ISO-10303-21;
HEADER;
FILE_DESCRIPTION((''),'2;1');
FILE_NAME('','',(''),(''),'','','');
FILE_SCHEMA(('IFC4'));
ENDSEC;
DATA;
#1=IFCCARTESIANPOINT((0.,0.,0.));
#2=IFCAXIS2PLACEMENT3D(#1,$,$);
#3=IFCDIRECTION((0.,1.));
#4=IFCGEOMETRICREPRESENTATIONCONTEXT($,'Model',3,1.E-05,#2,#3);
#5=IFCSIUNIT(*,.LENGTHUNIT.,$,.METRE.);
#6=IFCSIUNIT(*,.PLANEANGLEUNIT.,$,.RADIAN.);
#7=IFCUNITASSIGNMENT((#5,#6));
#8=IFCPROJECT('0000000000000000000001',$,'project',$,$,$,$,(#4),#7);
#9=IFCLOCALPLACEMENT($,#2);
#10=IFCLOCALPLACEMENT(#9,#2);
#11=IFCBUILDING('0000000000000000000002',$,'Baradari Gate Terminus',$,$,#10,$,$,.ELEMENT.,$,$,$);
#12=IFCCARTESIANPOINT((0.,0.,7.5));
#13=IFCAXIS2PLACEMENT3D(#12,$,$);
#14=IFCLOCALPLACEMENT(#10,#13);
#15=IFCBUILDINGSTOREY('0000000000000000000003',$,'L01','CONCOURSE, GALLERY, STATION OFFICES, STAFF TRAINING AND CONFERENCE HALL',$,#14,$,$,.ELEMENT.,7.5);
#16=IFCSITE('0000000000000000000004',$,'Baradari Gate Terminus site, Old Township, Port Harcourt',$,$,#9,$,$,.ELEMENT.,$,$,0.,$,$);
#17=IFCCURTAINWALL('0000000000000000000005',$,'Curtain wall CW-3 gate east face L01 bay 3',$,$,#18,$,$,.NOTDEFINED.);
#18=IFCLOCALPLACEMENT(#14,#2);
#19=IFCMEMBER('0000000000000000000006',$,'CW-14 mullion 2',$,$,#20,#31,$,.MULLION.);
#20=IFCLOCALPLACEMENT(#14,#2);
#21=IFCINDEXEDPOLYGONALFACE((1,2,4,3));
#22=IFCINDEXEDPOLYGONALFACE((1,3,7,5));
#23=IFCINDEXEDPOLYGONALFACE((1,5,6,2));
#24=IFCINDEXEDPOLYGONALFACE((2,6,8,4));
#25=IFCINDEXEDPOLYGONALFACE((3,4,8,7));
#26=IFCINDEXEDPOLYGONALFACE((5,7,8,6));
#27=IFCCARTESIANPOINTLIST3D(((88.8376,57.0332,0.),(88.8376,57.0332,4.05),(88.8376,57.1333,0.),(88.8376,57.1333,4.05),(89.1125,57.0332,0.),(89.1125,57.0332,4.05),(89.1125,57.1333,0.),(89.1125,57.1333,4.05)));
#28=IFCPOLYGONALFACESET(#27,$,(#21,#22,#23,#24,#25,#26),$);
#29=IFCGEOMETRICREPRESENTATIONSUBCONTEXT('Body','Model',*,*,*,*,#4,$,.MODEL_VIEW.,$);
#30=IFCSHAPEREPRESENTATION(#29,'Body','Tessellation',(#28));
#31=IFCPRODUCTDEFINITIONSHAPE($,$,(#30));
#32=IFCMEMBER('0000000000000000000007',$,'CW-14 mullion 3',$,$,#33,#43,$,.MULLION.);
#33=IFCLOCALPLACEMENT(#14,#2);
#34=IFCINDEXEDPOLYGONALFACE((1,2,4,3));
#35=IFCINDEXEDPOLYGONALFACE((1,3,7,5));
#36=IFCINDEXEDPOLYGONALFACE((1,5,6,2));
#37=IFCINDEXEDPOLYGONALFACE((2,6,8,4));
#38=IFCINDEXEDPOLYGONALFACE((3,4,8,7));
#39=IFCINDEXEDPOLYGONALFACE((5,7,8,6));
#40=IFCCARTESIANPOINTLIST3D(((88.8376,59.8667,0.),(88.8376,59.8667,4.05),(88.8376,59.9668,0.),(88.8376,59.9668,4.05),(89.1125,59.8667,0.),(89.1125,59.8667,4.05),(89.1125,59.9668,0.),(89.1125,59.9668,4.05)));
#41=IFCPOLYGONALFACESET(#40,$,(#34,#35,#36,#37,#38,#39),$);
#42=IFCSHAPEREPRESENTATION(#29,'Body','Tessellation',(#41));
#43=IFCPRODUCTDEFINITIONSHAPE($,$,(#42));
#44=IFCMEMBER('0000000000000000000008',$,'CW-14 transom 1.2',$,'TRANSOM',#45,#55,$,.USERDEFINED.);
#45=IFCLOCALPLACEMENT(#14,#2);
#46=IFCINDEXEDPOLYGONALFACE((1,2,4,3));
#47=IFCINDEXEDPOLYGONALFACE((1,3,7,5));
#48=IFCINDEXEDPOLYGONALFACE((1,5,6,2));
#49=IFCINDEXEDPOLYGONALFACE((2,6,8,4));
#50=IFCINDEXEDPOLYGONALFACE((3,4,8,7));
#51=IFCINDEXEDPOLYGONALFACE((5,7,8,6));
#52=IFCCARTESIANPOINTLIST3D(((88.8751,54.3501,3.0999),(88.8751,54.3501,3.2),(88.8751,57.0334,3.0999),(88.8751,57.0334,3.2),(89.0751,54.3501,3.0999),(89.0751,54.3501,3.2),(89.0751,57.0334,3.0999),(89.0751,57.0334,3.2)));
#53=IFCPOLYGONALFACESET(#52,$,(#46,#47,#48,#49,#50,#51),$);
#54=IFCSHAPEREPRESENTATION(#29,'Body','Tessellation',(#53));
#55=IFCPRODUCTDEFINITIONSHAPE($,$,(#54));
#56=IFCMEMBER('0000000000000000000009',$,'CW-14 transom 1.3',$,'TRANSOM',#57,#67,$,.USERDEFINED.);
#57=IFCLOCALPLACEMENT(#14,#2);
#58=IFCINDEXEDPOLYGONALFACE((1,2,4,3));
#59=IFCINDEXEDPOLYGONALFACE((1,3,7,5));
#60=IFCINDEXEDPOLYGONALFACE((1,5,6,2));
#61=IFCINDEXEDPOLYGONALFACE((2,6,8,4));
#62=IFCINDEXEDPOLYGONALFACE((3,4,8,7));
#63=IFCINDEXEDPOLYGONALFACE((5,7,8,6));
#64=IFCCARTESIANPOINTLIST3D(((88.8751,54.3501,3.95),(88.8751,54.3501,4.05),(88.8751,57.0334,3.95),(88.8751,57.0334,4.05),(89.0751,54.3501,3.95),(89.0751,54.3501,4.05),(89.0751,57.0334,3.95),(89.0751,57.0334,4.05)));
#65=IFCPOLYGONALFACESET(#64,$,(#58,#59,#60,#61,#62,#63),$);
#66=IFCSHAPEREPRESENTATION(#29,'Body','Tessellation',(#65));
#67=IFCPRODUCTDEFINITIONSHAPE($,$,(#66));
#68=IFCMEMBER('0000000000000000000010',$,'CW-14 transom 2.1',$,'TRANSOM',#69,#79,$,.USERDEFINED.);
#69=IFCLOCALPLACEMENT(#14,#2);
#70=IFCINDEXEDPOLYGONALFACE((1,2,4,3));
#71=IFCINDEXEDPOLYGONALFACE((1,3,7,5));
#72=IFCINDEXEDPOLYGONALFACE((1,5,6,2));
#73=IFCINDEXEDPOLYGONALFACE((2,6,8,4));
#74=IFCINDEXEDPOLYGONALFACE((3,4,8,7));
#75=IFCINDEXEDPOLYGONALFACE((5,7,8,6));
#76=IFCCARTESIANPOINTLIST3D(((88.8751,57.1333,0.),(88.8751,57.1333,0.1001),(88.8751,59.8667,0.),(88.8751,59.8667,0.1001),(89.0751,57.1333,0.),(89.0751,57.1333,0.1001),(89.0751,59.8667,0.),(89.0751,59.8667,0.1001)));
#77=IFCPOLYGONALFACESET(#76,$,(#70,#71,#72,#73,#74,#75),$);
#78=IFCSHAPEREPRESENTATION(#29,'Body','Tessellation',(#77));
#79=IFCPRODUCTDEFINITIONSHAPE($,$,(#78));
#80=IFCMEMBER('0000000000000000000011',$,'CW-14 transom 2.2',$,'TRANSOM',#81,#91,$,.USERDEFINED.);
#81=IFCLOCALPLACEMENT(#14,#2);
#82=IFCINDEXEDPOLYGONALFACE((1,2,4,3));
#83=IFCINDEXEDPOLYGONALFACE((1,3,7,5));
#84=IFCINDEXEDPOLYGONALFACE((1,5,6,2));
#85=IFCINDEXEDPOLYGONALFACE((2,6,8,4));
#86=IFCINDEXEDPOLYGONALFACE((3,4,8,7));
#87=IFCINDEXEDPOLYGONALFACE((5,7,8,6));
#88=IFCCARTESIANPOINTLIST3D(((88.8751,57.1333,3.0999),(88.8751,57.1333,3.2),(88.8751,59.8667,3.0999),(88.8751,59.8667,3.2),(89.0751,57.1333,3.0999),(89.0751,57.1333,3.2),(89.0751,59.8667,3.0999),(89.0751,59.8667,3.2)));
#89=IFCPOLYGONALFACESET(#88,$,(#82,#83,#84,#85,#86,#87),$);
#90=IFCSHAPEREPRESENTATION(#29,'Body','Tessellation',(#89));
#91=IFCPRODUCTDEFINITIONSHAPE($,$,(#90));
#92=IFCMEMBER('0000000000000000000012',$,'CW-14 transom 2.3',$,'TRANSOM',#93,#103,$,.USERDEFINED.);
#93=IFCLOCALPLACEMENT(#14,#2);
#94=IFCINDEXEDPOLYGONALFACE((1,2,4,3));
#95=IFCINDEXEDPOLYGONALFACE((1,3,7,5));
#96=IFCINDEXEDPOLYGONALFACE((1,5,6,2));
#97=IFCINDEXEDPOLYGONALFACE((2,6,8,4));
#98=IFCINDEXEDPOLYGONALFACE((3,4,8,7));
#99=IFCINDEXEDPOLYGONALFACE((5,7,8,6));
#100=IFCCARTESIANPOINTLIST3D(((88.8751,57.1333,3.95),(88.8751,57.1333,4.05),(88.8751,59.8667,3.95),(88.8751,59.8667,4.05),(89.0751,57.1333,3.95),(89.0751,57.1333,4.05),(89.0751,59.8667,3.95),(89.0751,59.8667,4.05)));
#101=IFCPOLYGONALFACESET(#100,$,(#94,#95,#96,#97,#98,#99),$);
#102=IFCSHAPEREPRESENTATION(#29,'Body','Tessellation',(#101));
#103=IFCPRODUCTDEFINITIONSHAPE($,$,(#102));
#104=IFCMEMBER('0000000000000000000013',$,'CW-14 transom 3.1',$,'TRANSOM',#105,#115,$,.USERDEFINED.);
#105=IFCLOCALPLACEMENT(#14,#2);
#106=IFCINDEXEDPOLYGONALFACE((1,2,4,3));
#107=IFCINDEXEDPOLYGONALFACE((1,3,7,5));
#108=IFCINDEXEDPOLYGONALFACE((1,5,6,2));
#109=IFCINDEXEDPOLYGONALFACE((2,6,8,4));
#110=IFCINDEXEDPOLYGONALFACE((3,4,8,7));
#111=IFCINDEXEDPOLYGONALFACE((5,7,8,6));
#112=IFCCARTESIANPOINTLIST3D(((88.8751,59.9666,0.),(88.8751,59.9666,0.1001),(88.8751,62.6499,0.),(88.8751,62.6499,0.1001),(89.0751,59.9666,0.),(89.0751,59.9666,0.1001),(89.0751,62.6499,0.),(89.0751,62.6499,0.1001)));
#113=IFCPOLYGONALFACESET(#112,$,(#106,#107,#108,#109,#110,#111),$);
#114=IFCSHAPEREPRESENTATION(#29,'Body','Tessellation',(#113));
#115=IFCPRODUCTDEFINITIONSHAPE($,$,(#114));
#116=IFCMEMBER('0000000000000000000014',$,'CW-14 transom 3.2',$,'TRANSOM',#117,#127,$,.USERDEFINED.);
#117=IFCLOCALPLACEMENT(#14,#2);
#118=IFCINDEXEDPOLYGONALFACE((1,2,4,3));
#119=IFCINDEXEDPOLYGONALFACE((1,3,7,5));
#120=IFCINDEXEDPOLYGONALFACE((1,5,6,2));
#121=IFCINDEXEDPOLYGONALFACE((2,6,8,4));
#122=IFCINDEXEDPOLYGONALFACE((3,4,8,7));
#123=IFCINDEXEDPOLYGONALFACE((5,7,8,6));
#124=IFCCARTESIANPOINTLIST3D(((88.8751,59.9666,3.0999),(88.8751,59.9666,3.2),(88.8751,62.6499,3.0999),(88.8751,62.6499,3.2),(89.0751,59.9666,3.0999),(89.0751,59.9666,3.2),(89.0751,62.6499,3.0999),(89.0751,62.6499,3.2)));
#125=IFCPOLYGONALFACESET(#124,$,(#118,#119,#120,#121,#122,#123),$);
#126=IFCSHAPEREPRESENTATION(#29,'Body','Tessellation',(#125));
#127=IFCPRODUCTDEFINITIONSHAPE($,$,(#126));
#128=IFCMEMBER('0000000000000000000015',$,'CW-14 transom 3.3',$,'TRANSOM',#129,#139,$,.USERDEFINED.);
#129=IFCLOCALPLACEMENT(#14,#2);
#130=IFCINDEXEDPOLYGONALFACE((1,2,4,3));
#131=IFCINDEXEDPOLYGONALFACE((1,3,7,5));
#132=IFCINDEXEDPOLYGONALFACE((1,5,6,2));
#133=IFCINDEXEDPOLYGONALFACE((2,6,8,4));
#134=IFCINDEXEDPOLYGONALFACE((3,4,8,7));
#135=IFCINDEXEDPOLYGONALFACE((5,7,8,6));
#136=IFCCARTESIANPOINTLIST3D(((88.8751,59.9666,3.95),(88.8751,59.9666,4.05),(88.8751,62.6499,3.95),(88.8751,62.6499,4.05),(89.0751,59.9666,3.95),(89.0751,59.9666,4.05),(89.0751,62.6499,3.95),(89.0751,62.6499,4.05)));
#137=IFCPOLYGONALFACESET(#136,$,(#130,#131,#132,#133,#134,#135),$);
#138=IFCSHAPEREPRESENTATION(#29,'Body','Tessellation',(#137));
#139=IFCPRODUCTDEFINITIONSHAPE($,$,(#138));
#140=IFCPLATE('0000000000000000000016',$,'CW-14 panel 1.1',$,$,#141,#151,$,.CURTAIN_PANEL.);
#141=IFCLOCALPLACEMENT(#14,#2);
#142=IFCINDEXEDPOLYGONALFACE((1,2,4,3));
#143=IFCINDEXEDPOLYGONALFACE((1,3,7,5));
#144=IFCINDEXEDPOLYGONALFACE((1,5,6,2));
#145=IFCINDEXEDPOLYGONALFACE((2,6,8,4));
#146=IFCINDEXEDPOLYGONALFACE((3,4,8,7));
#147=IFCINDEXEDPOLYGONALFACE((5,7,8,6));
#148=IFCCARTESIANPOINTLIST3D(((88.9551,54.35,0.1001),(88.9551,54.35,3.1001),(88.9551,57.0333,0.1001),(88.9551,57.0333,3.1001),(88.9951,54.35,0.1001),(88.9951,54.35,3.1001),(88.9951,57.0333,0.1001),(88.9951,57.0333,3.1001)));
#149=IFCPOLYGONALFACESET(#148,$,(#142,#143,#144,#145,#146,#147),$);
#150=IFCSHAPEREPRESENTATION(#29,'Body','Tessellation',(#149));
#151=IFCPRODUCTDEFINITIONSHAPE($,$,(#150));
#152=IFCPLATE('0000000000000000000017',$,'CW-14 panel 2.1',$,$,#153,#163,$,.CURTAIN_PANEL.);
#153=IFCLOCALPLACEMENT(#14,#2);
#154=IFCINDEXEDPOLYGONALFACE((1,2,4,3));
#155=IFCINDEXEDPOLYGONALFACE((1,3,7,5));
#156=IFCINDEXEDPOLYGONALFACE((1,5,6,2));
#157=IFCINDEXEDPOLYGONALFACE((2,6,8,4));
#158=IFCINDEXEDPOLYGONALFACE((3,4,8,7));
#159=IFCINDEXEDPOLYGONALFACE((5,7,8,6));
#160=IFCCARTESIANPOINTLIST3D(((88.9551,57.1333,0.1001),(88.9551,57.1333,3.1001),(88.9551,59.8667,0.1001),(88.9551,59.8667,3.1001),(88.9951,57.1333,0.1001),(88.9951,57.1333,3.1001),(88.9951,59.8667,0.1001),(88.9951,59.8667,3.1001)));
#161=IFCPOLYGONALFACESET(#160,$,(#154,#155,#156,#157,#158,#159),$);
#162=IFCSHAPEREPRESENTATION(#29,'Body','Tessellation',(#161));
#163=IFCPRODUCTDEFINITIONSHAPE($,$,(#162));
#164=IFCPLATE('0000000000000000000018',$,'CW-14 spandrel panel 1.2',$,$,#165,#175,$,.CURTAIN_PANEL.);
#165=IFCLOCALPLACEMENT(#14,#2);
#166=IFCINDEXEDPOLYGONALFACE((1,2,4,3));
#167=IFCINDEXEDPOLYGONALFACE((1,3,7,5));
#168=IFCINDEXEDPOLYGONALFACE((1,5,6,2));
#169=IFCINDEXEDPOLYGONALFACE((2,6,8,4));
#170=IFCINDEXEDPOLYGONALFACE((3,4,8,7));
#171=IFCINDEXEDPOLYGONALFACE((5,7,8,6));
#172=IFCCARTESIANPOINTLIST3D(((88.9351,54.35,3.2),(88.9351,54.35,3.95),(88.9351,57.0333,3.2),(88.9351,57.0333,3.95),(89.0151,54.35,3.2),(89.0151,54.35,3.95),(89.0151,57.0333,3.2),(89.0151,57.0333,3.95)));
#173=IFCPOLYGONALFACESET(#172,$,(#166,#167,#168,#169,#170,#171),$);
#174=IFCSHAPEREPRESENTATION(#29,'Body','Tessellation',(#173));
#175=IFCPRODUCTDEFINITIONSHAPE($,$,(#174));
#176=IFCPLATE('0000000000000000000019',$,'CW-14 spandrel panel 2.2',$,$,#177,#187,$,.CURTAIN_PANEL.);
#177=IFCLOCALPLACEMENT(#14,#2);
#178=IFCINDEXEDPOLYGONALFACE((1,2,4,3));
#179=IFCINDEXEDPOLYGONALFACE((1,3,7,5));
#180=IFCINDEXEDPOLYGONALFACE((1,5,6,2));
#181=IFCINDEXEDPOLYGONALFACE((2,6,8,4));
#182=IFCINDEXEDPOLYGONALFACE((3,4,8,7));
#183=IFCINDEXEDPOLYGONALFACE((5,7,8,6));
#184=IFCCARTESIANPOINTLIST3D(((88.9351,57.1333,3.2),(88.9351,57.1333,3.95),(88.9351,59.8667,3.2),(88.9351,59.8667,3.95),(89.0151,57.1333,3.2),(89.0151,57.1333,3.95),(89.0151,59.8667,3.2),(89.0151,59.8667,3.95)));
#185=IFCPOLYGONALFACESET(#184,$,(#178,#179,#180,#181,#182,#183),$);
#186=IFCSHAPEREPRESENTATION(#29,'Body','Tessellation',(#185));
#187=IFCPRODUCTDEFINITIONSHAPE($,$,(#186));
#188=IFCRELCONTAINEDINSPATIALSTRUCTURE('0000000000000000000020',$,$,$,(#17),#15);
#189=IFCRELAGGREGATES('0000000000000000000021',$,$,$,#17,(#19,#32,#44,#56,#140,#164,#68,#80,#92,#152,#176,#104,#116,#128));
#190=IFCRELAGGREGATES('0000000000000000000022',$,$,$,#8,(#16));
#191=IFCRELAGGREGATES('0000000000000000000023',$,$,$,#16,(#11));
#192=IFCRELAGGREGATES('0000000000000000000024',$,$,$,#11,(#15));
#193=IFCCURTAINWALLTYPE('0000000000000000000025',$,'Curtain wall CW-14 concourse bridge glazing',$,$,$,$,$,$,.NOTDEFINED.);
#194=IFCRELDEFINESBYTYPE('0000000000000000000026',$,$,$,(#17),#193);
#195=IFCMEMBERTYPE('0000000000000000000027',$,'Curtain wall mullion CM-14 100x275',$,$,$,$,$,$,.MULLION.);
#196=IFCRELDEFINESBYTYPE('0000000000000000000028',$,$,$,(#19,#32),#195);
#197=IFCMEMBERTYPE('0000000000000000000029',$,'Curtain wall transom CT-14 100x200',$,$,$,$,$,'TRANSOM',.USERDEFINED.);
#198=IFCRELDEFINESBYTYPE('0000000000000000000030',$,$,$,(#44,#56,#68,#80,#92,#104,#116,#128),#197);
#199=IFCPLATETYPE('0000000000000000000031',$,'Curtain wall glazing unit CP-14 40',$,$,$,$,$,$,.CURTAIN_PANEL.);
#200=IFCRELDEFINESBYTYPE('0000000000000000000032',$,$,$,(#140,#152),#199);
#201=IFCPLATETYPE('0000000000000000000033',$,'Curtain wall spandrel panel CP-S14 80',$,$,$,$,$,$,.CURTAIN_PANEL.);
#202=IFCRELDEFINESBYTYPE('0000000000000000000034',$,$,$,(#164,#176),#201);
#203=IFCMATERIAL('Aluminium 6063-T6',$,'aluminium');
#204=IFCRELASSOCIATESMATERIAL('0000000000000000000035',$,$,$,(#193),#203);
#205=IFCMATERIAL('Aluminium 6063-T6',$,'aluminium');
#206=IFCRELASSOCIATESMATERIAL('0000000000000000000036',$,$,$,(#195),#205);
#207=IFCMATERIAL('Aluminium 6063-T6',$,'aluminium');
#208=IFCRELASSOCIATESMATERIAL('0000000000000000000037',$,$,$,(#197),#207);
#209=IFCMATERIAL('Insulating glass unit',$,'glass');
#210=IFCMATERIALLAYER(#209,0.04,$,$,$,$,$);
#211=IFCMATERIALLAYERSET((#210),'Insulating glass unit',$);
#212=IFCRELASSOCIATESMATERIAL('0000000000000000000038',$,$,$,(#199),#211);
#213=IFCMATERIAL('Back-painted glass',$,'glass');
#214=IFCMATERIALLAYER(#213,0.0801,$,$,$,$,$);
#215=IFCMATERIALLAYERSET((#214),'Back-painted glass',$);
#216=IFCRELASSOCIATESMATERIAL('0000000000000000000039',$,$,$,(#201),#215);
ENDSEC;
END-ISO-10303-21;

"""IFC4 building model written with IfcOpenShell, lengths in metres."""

from ifc_helpers import new_model, si_unit, direction, frame, origin, origin_2d, place, context, subcontext, project, spatial, rectangle, extrude, material, layer, layer_set, material_profile, profile_set, type_object, element, aggregate, save


model = new_model("IFC4")

# Units and contexts
model_context = context("Model", 3, precision=1e-05, world=origin(), true_north=direction((0.0, 1.0)))
body_context = subcontext(model_context, "Body", "Model", "MODEL_VIEW")
ifc_project = project(units=[si_unit("LENGTHUNIT", "METRE"), si_unit("PLANEANGLEUNIT", "RADIAN")], contexts=[model_context])

# Site, building, storey
site_placement = place(None, origin())
site = spatial("IfcSite", under=ifc_project, at=site_placement, Name="Baradari Gate Terminus site, Old Township, Port Harcourt", CompositionType="ELEMENT", RefElevation=0.0)
building_placement = place(site_placement, origin())
building = spatial("IfcBuilding", under=site, at=building_placement, Name="Baradari Gate Terminus", CompositionType="ELEMENT")
storey_placement = place(building_placement, frame((0.0, 0.0, 7.5)))
storey = spatial("IfcBuildingStorey", under=building, at=storey_placement, Name="L01", Description="CONCOURSE, GALLERY, STATION OFFICES, STAFF TRAINING AND CONFERENCE HALL", CompositionType="ELEMENT", Elevation=7.5)

# Curtain wall, members, plates
ifc_material_1 = material(Name="Aluminium 6063-T6", Category="aluminium")
curtain_wall_type = type_object("IfcCurtainWallType", Name="Curtain wall CW-14 concourse bridge glazing", PredefinedType="NOTDEFINED", material=ifc_material_1)
curtain_wall_placement = place(storey_placement, origin())
curtain_wall = element("IfcCurtainWall", 1, at=curtain_wall_placement, inside=storey, type_object=curtain_wall_type, Name="Curtain wall CW-3 gate east face L01 bay 3", PredefinedType="NOTDEFINED")
ifc_material_2 = material(Name="Aluminium 6063-T6", Category="aluminium")
ifc_material_profile_1 = material_profile(ifc_material_2, rectangle(XDim=0.2749, YDim=0.1001, at=origin_2d()), Name="CM-14 100X275")
ifc_profile_set_1 = profile_set([ifc_material_profile_1], Name="Aluminium 6063-T6")
member_type_1 = type_object("IfcMemberType", Name="Curtain wall mullion CM-14 100x275", PredefinedType="MULLION", material=ifc_profile_set_1)
member_1_placement = place(storey_placement, frame((88.9751, 57.0833, 0.0), z_axis=(0.0, 0.0, 1.0), x_axis=(-1.0, 0.0, 0.0)))
member_1 = element("IfcMember", 2, at=member_1_placement, type_object=member_type_1, Name="CW-14 mullion 2", PredefinedType="MULLION", context=body_context, shape_type="SweptSolid", body=[
    extrude(rectangle(XDim=0.2749, YDim=0.1001, at=origin_2d()), origin(), (0.0, 0.0, 1.0), 4.05),
])
member_2_placement = place(storey_placement, frame((88.9751, 59.9167, 0.0), z_axis=(0.0, 0.0, 1.0), x_axis=(-1.0, 0.0, 0.0)))
member_2 = element("IfcMember", 3, at=member_2_placement, type_object=member_type_1, Name="CW-14 mullion 3", PredefinedType="MULLION", context=body_context, shape_type="SweptSolid", body=[
    extrude(rectangle(XDim=0.2749, YDim=0.1001, at=origin_2d()), origin(), (0.0, 0.0, 1.0), 4.05),
])
ifc_material_3 = material(Name="Aluminium 6063-T6", Category="aluminium")
ifc_material_profile_2 = material_profile(ifc_material_3, rectangle(XDim=0.2, YDim=0.1001, at=origin_2d()), Name="CT-14 100X200")
ifc_profile_set_2 = profile_set([ifc_material_profile_2], Name="Aluminium 6063-T6")
member_type_2 = type_object("IfcMemberType", Name="Curtain wall transom CT-14 100x200", ElementType="TRANSOM", PredefinedType="USERDEFINED", material=ifc_profile_set_2)
member_3_placement = place(storey_placement, frame((88.9751, 54.3501, 3.1499), z_axis=(0.0, 1.0, 0.0), x_axis=(-1.0, 0.0, 0.0)))
member_3 = element("IfcMember", 4, at=member_3_placement, type_object=member_type_2, Name="CW-14 transom 1.2", ObjectType="TRANSOM", PredefinedType="USERDEFINED", context=body_context, shape_type="SweptSolid", body=[
    extrude(rectangle(XDim=0.2, YDim=0.1001, at=origin_2d()), origin(), (0.0, 0.0, 1.0), 2.6833),
])
member_4_placement = place(storey_placement, frame((88.9751, 54.3501, 4.0), z_axis=(0.0, 1.0, 0.0), x_axis=(-1.0, 0.0, 0.0)))
member_4 = element("IfcMember", 5, at=member_4_placement, type_object=member_type_2, Name="CW-14 transom 1.3", ObjectType="TRANSOM", PredefinedType="USERDEFINED", context=body_context, shape_type="SweptSolid", body=[
    extrude(rectangle(XDim=0.2, YDim=0.1001, at=origin_2d()), origin(), (0.0, 0.0, 1.0), 2.6833),
])
member_5_placement = place(storey_placement, frame((88.9751, 57.1333, 0.05), z_axis=(0.0, 1.0, 0.0), x_axis=(-1.0, 0.0, 0.0)))
member_5 = element("IfcMember", 6, at=member_5_placement, type_object=member_type_2, Name="CW-14 transom 2.1", ObjectType="TRANSOM", PredefinedType="USERDEFINED", context=body_context, shape_type="SweptSolid", body=[
    extrude(rectangle(XDim=0.2, YDim=0.1001, at=origin_2d()), origin(), (0.0, 0.0, 1.0), 2.7334),
])
member_6_placement = place(storey_placement, frame((88.9751, 57.1333, 3.1499), z_axis=(0.0, 1.0, 0.0), x_axis=(-1.0, 0.0, 0.0)))
member_6 = element("IfcMember", 7, at=member_6_placement, type_object=member_type_2, Name="CW-14 transom 2.2", ObjectType="TRANSOM", PredefinedType="USERDEFINED", context=body_context, shape_type="SweptSolid", body=[
    extrude(rectangle(XDim=0.2, YDim=0.1001, at=origin_2d()), origin(), (0.0, 0.0, 1.0), 2.7334),
])
member_7_placement = place(storey_placement, frame((88.9751, 57.1333, 4.0), z_axis=(0.0, 1.0, 0.0), x_axis=(-1.0, 0.0, 0.0)))
member_7 = element("IfcMember", 8, at=member_7_placement, type_object=member_type_2, Name="CW-14 transom 2.3", ObjectType="TRANSOM", PredefinedType="USERDEFINED", context=body_context, shape_type="SweptSolid", body=[
    extrude(rectangle(XDim=0.2, YDim=0.1001, at=origin_2d()), origin(), (0.0, 0.0, 1.0), 2.7334),
])
member_8_placement = place(storey_placement, frame((88.9751, 59.9666, 0.05), z_axis=(0.0, 1.0, 0.0), x_axis=(-1.0, 0.0, 0.0)))
member_8 = element("IfcMember", 9, at=member_8_placement, type_object=member_type_2, Name="CW-14 transom 3.1", ObjectType="TRANSOM", PredefinedType="USERDEFINED", context=body_context, shape_type="SweptSolid", body=[
    extrude(rectangle(XDim=0.2, YDim=0.1001, at=origin_2d()), origin(), (0.0, 0.0, 1.0), 2.6833),
])
member_9_placement = place(storey_placement, frame((88.9751, 59.9666, 3.1499), z_axis=(0.0, 1.0, 0.0), x_axis=(-1.0, 0.0, 0.0)))
member_9 = element("IfcMember", 10, at=member_9_placement, type_object=member_type_2, Name="CW-14 transom 3.2", ObjectType="TRANSOM", PredefinedType="USERDEFINED", context=body_context, shape_type="SweptSolid", body=[
    extrude(rectangle(XDim=0.2, YDim=0.1001, at=origin_2d()), origin(), (0.0, 0.0, 1.0), 2.6833),
])
member_10_placement = place(storey_placement, frame((88.9751, 59.9666, 4.0), z_axis=(0.0, 1.0, 0.0), x_axis=(-1.0, 0.0, 0.0)))
member_10 = element("IfcMember", 11, at=member_10_placement, type_object=member_type_2, Name="CW-14 transom 3.3", ObjectType="TRANSOM", PredefinedType="USERDEFINED", context=body_context, shape_type="SweptSolid", body=[
    extrude(rectangle(XDim=0.2, YDim=0.1001, at=origin_2d()), origin(), (0.0, 0.0, 1.0), 2.6833),
])
ifc_material_4 = material(Name="Insulating glass unit", Category="glass")
ifc_layer_1 = layer(ifc_material_4, 0.04)
ifc_layer_set_1 = layer_set([ifc_layer_1], Name="Insulating glass unit")
plate_type_1 = type_object("IfcPlateType", Name="Curtain wall glazing unit CP-14 40", PredefinedType="CURTAIN_PANEL", material=ifc_layer_set_1)
plate_1_placement = place(storey_placement, frame((88.9751, 55.6917, 0.1001), z_axis=(0.0, 0.0, 1.0), x_axis=(0.0, 1.0, 0.0)))
plate_1 = element("IfcPlate", 12, at=plate_1_placement, type_object=plate_type_1, Name="CW-14 panel 1.1", PredefinedType="CURTAIN_PANEL", context=body_context, shape_type="SweptSolid", body=[
    extrude(rectangle(XDim=2.6833, YDim=0.04, at=origin_2d()), origin(), (0.0, 0.0, 1.0), 3.0),
])
plate_2_placement = place(storey_placement, frame((88.9751, 58.5, 0.1001), z_axis=(0.0, 0.0, 1.0), x_axis=(0.0, 1.0, 0.0)))
plate_2 = element("IfcPlate", 13, at=plate_2_placement, type_object=plate_type_1, Name="CW-14 panel 2.1", PredefinedType="CURTAIN_PANEL", context=body_context, shape_type="SweptSolid", body=[
    extrude(rectangle(XDim=2.7334, YDim=0.04, at=origin_2d()), origin(), (0.0, 0.0, 1.0), 3.0),
])
ifc_material_5 = material(Name="Back-painted glass", Category="glass")
ifc_layer_2 = layer(ifc_material_5, 0.0801)
ifc_layer_set_2 = layer_set([ifc_layer_2], Name="Back-painted glass")
plate_type_2 = type_object("IfcPlateType", Name="Curtain wall spandrel panel CP-S14 80", PredefinedType="CURTAIN_PANEL", material=ifc_layer_set_2)
plate_3_placement = place(storey_placement, frame((88.9751, 55.6917, 3.2), z_axis=(0.0, 0.0, 1.0), x_axis=(0.0, 1.0, 0.0)))
plate_3 = element("IfcPlate", 14, at=plate_3_placement, type_object=plate_type_2, Name="CW-14 spandrel panel 1.2", PredefinedType="CURTAIN_PANEL", context=body_context, shape_type="SweptSolid", body=[
    extrude(rectangle(XDim=2.6833, YDim=0.0801, at=origin_2d()), origin(), (0.0, 0.0, 1.0), 0.75),
])
plate_4_placement = place(storey_placement, frame((88.9751, 58.5, 3.2), z_axis=(0.0, 0.0, 1.0), x_axis=(0.0, 1.0, 0.0)))
plate_4 = element("IfcPlate", 15, at=plate_4_placement, type_object=plate_type_2, Name="CW-14 spandrel panel 2.2", PredefinedType="CURTAIN_PANEL", context=body_context, shape_type="SweptSolid", body=[
    extrude(rectangle(XDim=2.7334, YDim=0.0801, at=origin_2d()), origin(), (0.0, 0.0, 1.0), 0.75),
])
aggregate(curtain_wall, [member_1, member_2, member_3, member_4, plate_1, plate_3, member_5, member_6, member_7, plate_2, plate_4, member_8, member_9, member_10])

save(model, "model.ifc")
